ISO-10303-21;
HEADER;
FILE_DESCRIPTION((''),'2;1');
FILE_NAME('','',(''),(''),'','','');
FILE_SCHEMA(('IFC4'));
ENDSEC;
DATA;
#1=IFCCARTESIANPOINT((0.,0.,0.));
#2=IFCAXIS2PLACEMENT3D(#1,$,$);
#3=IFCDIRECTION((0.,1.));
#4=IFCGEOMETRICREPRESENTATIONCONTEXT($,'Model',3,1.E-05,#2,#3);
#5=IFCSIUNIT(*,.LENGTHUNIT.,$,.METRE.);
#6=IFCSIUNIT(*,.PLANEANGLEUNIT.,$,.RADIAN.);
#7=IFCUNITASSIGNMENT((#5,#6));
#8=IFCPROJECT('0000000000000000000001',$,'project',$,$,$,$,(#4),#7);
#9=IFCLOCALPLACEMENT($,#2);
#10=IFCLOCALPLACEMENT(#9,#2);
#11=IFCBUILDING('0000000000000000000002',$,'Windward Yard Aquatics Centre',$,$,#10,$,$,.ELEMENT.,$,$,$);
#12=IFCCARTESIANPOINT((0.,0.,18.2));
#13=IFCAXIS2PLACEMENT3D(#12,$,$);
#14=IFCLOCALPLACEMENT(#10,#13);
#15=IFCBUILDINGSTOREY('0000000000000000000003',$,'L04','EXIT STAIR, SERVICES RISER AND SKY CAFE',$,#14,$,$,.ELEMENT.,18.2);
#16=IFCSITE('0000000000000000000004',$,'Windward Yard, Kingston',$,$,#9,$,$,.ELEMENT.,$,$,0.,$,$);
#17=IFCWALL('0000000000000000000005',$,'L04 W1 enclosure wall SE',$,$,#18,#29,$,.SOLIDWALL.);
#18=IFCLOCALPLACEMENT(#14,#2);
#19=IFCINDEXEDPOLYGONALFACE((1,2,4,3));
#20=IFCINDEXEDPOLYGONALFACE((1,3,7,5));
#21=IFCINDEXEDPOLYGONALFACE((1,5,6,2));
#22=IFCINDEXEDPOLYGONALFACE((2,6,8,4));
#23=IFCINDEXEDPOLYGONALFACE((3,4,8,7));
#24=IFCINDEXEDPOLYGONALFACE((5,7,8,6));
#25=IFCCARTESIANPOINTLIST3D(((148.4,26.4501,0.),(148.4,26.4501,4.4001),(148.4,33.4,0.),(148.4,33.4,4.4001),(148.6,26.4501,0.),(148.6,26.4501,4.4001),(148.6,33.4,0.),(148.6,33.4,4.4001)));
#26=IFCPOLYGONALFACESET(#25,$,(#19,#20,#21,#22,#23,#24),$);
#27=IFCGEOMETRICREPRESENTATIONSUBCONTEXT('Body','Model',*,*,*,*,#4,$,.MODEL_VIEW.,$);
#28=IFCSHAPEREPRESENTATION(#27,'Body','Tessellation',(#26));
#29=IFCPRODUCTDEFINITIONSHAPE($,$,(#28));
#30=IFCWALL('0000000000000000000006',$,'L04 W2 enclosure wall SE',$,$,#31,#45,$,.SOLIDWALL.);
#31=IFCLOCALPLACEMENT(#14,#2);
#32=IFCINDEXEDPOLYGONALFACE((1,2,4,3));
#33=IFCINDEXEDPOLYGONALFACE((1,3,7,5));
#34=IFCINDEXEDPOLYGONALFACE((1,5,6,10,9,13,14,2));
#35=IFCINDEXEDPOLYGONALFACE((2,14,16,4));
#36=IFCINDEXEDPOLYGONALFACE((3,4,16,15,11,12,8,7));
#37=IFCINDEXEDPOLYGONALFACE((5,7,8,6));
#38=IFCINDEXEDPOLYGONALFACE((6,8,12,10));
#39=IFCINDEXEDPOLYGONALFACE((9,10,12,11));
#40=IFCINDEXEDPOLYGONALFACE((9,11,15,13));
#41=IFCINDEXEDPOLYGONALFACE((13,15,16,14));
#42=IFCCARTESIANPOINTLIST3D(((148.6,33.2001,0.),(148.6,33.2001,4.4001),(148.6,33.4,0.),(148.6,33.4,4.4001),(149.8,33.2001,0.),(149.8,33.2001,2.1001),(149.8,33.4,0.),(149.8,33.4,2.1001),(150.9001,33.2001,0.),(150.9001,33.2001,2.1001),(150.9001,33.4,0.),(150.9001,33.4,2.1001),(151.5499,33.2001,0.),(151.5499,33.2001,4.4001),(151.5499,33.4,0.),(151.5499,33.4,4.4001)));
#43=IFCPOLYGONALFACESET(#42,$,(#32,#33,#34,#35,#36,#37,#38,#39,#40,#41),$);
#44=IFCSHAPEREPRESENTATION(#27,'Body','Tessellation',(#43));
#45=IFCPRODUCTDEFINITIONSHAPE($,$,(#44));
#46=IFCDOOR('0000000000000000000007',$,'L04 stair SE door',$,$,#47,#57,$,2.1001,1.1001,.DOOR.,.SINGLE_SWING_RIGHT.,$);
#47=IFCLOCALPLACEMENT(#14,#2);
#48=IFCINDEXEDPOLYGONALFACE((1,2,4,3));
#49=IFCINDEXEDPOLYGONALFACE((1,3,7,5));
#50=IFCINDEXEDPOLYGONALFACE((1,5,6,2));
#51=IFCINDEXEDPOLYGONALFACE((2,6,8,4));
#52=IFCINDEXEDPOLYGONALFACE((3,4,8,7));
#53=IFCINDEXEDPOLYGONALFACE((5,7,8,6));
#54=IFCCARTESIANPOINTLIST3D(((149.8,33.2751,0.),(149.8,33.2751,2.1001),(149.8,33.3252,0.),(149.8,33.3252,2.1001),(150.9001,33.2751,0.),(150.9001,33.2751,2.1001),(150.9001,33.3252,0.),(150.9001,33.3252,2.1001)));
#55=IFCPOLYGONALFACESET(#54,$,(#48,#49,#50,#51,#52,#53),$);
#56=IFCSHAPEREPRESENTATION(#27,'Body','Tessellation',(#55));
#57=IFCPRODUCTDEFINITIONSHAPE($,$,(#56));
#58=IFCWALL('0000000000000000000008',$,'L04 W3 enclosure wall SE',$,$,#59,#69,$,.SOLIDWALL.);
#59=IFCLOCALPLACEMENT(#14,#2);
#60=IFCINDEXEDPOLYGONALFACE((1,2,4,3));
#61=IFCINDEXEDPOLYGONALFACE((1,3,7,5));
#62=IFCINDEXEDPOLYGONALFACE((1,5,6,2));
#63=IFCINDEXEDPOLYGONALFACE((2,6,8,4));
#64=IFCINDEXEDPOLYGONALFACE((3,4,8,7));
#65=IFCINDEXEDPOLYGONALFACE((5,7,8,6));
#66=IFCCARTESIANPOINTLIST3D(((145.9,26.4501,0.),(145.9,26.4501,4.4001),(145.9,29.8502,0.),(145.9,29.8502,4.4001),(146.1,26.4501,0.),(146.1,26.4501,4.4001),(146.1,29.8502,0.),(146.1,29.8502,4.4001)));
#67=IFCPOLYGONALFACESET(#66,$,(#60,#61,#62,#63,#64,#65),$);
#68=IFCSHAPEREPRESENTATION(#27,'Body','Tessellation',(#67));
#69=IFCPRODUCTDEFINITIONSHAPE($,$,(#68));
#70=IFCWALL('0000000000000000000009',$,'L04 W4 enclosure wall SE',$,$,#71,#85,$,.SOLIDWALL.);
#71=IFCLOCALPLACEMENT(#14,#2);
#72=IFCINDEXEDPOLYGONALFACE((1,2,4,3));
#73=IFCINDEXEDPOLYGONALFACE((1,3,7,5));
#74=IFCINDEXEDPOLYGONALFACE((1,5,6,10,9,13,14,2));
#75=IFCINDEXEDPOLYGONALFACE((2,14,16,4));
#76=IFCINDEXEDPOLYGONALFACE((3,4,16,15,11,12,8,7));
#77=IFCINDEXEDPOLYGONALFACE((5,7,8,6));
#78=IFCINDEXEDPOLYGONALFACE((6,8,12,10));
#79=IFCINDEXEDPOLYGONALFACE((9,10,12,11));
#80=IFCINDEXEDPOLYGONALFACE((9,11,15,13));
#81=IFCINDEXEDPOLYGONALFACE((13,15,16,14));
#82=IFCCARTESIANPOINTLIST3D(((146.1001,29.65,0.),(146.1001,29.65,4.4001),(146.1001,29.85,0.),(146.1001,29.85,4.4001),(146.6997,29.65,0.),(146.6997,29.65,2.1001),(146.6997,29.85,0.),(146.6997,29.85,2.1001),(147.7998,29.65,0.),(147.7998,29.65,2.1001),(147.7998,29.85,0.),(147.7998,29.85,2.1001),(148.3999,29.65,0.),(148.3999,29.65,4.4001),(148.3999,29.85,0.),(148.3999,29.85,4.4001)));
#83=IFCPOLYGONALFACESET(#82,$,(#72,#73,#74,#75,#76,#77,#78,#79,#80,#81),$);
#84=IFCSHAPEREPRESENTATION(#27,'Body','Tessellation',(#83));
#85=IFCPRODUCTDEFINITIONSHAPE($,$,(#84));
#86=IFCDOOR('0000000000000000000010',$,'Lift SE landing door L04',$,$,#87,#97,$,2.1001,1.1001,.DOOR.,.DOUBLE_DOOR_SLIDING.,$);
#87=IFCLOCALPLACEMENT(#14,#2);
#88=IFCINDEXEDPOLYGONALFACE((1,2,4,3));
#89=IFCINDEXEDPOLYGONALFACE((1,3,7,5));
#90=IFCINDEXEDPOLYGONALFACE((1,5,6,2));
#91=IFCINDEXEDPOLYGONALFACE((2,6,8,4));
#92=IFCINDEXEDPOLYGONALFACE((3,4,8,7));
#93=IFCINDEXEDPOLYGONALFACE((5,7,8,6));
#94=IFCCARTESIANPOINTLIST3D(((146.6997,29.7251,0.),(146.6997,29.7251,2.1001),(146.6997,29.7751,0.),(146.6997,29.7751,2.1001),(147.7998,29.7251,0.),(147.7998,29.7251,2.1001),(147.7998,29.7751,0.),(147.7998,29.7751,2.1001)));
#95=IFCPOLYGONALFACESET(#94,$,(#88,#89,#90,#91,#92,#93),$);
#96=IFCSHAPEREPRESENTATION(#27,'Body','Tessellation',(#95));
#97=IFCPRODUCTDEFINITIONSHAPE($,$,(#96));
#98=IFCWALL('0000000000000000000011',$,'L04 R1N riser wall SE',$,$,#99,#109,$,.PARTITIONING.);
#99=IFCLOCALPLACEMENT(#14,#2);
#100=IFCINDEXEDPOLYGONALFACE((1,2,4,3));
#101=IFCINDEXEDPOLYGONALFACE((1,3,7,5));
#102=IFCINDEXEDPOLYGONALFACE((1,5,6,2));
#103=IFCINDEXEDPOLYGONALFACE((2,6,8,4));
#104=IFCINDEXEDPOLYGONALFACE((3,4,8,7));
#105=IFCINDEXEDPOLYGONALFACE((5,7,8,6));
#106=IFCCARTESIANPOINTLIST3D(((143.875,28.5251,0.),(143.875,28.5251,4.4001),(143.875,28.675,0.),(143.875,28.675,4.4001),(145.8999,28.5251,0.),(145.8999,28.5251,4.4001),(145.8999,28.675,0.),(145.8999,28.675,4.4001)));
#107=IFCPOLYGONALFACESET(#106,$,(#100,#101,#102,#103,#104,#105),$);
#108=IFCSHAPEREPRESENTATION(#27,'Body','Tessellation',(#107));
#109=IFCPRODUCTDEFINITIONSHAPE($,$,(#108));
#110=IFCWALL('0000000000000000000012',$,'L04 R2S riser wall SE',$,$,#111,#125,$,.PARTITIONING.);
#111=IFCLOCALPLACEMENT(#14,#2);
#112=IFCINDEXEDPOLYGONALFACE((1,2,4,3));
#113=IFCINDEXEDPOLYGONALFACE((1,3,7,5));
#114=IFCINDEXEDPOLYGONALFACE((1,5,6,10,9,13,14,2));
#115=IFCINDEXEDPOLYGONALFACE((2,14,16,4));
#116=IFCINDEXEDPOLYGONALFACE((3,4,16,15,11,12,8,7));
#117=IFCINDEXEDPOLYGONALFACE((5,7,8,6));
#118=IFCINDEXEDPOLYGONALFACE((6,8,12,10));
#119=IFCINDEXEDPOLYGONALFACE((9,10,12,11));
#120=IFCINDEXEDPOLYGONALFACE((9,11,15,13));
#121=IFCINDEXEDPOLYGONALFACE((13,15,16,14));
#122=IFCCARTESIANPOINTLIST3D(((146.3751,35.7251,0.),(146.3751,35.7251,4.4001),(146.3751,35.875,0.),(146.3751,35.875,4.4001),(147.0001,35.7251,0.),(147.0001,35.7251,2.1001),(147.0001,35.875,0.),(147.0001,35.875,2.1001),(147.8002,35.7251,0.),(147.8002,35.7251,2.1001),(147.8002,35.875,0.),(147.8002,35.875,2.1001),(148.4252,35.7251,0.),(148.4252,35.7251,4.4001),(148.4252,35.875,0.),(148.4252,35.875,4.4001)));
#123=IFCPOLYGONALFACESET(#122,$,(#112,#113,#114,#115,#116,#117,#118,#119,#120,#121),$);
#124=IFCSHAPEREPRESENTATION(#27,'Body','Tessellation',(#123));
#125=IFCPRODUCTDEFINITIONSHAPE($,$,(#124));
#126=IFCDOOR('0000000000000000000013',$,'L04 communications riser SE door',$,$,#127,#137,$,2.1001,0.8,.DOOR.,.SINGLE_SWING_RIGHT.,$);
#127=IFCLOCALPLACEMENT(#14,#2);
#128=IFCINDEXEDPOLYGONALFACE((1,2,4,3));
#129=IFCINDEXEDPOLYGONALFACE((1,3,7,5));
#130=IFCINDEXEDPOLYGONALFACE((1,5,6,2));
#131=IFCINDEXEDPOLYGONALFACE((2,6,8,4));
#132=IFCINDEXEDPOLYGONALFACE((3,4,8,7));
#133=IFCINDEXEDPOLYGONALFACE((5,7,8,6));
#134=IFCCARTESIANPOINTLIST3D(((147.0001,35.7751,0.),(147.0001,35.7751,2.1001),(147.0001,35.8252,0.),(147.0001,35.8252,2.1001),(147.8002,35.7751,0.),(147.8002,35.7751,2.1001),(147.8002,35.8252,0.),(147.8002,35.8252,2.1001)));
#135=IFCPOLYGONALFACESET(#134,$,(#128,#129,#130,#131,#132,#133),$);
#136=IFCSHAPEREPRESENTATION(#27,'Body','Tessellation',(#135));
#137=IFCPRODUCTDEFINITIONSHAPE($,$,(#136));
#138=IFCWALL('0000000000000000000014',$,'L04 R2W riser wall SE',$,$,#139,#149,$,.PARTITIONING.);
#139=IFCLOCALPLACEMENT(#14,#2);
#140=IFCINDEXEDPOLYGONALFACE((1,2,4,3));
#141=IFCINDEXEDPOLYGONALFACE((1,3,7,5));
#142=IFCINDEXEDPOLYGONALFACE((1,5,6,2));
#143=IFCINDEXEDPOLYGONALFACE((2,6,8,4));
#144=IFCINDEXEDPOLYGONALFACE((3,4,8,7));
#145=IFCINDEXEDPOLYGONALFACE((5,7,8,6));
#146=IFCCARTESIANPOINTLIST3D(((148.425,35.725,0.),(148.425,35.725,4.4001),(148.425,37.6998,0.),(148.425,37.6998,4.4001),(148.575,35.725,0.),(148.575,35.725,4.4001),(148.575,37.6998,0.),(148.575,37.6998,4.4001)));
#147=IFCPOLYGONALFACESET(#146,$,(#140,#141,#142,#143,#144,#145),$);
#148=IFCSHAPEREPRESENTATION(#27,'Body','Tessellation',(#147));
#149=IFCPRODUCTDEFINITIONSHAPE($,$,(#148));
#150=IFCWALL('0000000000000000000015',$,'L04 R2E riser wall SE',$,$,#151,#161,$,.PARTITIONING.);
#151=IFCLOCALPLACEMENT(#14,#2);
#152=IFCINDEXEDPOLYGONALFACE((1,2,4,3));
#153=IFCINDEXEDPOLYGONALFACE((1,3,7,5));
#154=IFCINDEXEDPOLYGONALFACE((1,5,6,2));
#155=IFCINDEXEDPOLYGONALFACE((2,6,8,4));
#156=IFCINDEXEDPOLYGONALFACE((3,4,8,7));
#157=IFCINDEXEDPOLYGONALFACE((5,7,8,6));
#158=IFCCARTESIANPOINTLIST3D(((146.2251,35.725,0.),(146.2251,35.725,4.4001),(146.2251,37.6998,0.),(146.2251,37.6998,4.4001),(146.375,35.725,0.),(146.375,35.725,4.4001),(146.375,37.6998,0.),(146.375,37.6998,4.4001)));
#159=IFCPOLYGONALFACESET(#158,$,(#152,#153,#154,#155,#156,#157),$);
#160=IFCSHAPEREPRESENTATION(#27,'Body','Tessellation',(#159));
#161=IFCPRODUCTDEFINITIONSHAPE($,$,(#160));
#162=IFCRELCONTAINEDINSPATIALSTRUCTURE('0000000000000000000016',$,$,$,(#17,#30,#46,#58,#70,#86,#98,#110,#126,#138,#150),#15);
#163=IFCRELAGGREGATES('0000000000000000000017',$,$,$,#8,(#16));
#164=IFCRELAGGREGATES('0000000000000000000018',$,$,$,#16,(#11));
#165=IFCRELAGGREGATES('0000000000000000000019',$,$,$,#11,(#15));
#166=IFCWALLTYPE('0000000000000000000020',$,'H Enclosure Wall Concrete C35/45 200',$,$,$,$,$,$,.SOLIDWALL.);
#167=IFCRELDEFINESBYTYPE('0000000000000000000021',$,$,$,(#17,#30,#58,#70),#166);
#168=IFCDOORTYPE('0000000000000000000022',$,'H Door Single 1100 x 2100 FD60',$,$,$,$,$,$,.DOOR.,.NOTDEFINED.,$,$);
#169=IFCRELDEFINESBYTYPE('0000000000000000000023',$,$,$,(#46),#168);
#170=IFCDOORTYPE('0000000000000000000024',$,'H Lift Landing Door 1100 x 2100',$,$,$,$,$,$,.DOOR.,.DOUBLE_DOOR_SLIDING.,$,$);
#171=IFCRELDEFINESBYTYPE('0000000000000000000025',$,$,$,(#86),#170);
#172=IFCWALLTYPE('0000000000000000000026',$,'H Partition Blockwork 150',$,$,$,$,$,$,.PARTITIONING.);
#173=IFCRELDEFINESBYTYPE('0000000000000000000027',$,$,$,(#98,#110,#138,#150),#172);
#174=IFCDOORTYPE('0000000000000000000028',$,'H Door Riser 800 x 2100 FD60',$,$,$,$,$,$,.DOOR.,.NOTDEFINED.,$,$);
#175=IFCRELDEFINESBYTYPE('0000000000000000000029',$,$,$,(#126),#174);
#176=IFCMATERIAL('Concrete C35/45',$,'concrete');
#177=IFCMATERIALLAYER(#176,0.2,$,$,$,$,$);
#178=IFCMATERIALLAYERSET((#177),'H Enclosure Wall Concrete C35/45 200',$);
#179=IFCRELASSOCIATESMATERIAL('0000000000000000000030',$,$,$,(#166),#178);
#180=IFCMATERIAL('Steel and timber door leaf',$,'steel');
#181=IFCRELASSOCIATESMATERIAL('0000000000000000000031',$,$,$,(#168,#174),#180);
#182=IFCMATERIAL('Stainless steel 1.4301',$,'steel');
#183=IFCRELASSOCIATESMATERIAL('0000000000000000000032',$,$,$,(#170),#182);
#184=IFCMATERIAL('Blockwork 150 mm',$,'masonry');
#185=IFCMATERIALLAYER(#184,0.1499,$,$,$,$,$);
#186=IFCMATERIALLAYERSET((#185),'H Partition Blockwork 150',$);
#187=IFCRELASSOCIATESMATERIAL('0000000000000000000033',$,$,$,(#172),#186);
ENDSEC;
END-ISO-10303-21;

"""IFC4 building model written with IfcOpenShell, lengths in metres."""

from ifc_helpers import new_model, si_unit, direction, frame, frame_2d, origin, place, context, subcontext, project, spatial, rectangle, extrude, material, layer, layer_set, type_object, element, fill, save


model = new_model("IFC4")

# Units and contexts
model_context = context("Model", 3, precision=1e-05, world=origin(), true_north=direction((0.0, 1.0)))
body_context = subcontext(model_context, "Body", "Model", "MODEL_VIEW")
ifc_project = project(units=[si_unit("LENGTHUNIT", "METRE"), si_unit("PLANEANGLEUNIT", "RADIAN")], contexts=[model_context])

# Site, building, storey
site_placement = place(None, origin())
site = spatial("IfcSite", under=ifc_project, at=site_placement, Name="Windward Yard, Kingston", CompositionType="ELEMENT", RefElevation=0.0)
building_placement = place(site_placement, origin())
building = spatial("IfcBuilding", under=site, at=building_placement, Name="Windward Yard Aquatics Centre", CompositionType="ELEMENT")
storey_placement = place(building_placement, frame((0.0, 0.0, 18.2)))
storey = spatial("IfcBuildingStorey", under=building, at=storey_placement, Name="L04", Description="EXIT STAIR, SERVICES RISER AND SKY CAFE", CompositionType="ELEMENT", Elevation=18.2)

# Wall
ifc_material_1 = material(Name="Concrete C35/45", Category="concrete")
ifc_layer_1 = layer(ifc_material_1, 0.2)
ifc_layer_set_1 = layer_set([ifc_layer_1], Name="H Enclosure Wall Concrete C35/45 200")
wall_type_1 = type_object("IfcWallType", Name="H Enclosure Wall Concrete C35/45 200", PredefinedType="SOLIDWALL", material=ifc_layer_set_1)
wall_1_placement = place(storey_placement, frame((148.5, 26.45, 0.0), z_axis=(0.0, 0.0, 1.0), x_axis=(0.0, 1.0, 0.0)))
element("IfcWall", 1, at=wall_1_placement, inside=storey, type_object=wall_type_1, Name="L04 W1 enclosure wall SE", PredefinedType="SOLIDWALL", context=body_context, shape_type="SweptSolid", body=[
    extrude(rectangle(XDim=6.95, YDim=0.2, at=frame_2d((3.4751, 0.0))), origin(), (0.0, 0.0, 1.0), 4.4001),
])

# Wall, opening, door
wall_2_placement = place(storey_placement, frame((151.55, 33.3, 0.0), z_axis=(0.0, 0.0, 1.0), x_axis=(-1.0, 0.0, 0.0)))
wall_2 = element("IfcWall", 2, at=wall_2_placement, inside=storey, type_object=wall_type_1, Name="L04 W2 enclosure wall SE", PredefinedType="SOLIDWALL", context=body_context, shape_type="SweptSolid", body=[
    extrude(rectangle(XDim=2.95, YDim=0.2, at=frame_2d((1.4751, 0.0))), origin(), (0.0, 0.0, 1.0), 4.4001),
])
opening_1_placement = place(wall_2_placement, frame((0.6499, 0.0, 0.0)))
opening_1 = element("IfcOpeningElement", 3, at=opening_1_placement, cuts=wall_2, PredefinedType="OPENING", context=body_context, shape_type="SweptSolid", body=[
    extrude(rectangle(XDim=1.1001, YDim=2.1001, at=frame_2d((0.55, 1.05))), frame((0.0, 0.1099, 0.0), z_axis=(0.0, -1.0, 0.0), x_axis=(1.0, 0.0, 0.0)), (0.0, 0.0, 1.0), 0.22),
])
ifc_material_2 = material(Name="Steel and timber door leaf", Category="steel")
door_type_1 = type_object("IfcDoorType", Name="H Door Single 1100 x 2100 FD60", OperationType="NOTDEFINED", PredefinedType="DOOR", material=ifc_material_2)
door_1_placement = place(opening_1_placement, origin())
door_1 = element("IfcDoor", 4, at=door_1_placement, inside=storey, type_object=door_type_1, Name="L04 stair SE door", OperationType="SINGLE_SWING_RIGHT", OverallHeight=2.1001, OverallWidth=1.1001, PredefinedType="DOOR", context=body_context, shape_type="SweptSolid", body=[
    extrude(rectangle(XDim=1.1001, YDim=2.1001, at=frame_2d((0.55, 1.05))), frame((0.0, 0.0249, 0.0), z_axis=(0.0, -1.0, 0.0), x_axis=(1.0, 0.0, 0.0)), (0.0, 0.0, 1.0), 0.05),
])
fill(opening_1, door_1)

# Wall
wall_3_placement = place(storey_placement, frame((146.0, 26.45, 0.0), z_axis=(0.0, 0.0, 1.0), x_axis=(0.0, 1.0, 0.0)))
element("IfcWall", 5, at=wall_3_placement, inside=storey, type_object=wall_type_1, Name="L04 W3 enclosure wall SE", PredefinedType="SOLIDWALL", context=body_context, shape_type="SweptSolid", body=[
    extrude(rectangle(XDim=3.4001, YDim=0.2, at=frame_2d((1.7002, 0.0))), origin(), (0.0, 0.0, 1.0), 4.4001),
])

# Wall, opening, door
wall_4_placement = place(storey_placement, frame((148.3999, 29.75, 0.0), z_axis=(0.0, 0.0, 1.0), x_axis=(-1.0, 0.0, 0.0)))
wall_4 = element("IfcWall", 6, at=wall_4_placement, inside=storey, type_object=wall_type_1, Name="L04 W4 enclosure wall SE", PredefinedType="SOLIDWALL", context=body_context, shape_type="SweptSolid", body=[
    extrude(rectangle(XDim=2.2998, YDim=0.2, at=frame_2d((1.1499, 0.0))), origin(), (0.0, 0.0, 1.0), 4.4001),
])
opening_2_placement = place(wall_4_placement, frame((0.6001, 0.0, 0.0)))
opening_2 = element("IfcOpeningElement", 7, at=opening_2_placement, cuts=wall_4, PredefinedType="OPENING", context=body_context, shape_type="SweptSolid", body=[
    extrude(rectangle(XDim=1.1001, YDim=2.1001, at=frame_2d((0.55, 1.05))), frame((0.0, 0.1099, 0.0), z_axis=(0.0, -1.0, 0.0), x_axis=(1.0, 0.0, 0.0)), (0.0, 0.0, 1.0), 0.22),
])
ifc_material_3 = material(Name="Stainless steel 1.4301", Category="steel")
door_type_2 = type_object("IfcDoorType", Name="H Lift Landing Door 1100 x 2100", OperationType="DOUBLE_DOOR_SLIDING", PredefinedType="DOOR", material=ifc_material_3)
door_2_placement = place(opening_2_placement, origin())
door_2 = element("IfcDoor", 8, at=door_2_placement, inside=storey, type_object=door_type_2, Name="Lift SE landing door L04", OperationType="DOUBLE_DOOR_SLIDING", OverallHeight=2.1001, OverallWidth=1.1001, PredefinedType="DOOR", context=body_context, shape_type="SweptSolid", body=[
    extrude(rectangle(XDim=1.1001, YDim=2.1001, at=frame_2d((0.55, 1.05))), frame((0.0, 0.0249, 0.0), z_axis=(0.0, -1.0, 0.0), x_axis=(1.0, 0.0, 0.0)), (0.0, 0.0, 1.0), 0.05),
])
fill(opening_2, door_2)

# Wall
ifc_material_4 = material(Name="Blockwork 150 mm", Category="masonry")
ifc_layer_2 = layer(ifc_material_4, 0.1499)
ifc_layer_set_2 = layer_set([ifc_layer_2], Name="H Partition Blockwork 150")
wall_type_2 = type_object("IfcWallType", Name="H Partition Blockwork 150", PredefinedType="PARTITIONING", material=ifc_layer_set_2)
wall_5_placement = place(storey_placement, frame((145.8999, 28.6001, 0.0), z_axis=(0.0, 0.0, 1.0), x_axis=(-1.0, 0.0, 0.0)))
element("IfcWall", 9, at=wall_5_placement, inside=storey, type_object=wall_type_2, Name="L04 R1N riser wall SE", PredefinedType="PARTITIONING", context=body_context, shape_type="SweptSolid", body=[
    extrude(rectangle(XDim=2.0249, YDim=0.1499, at=frame_2d((1.0125, 0.0))), origin(), (0.0, 0.0, 1.0), 4.4001),
])

# Wall, opening, door
wall_6_placement = place(storey_placement, frame((148.425, 35.8, 0.0), z_axis=(0.0, 0.0, 1.0), x_axis=(-1.0, 0.0, 0.0)))
wall_6 = element("IfcWall", 10, at=wall_6_placement, inside=storey, type_object=wall_type_2, Name="L04 R2S riser wall SE", PredefinedType="PARTITIONING", context=body_context, shape_type="SweptSolid", body=[
    extrude(rectangle(XDim=2.05, YDim=0.1499, at=frame_2d((1.0249, 0.0))), origin(), (0.0, 0.0, 1.0), 4.4001),
])
opening_3_placement = place(wall_6_placement, frame((0.625, 0.0, 0.0)))
opening_3 = element("IfcOpeningElement", 11, at=opening_3_placement, cuts=wall_6, PredefinedType="OPENING", context=body_context, shape_type="SweptSolid", body=[
    extrude(rectangle(XDim=0.8, YDim=2.1001, at=frame_2d((0.3999, 1.05))), frame((0.0, 0.085, 0.0), z_axis=(0.0, -1.0, 0.0), x_axis=(1.0, 0.0, 0.0)), (0.0, 0.0, 1.0), 0.1699),
])
door_type_3 = type_object("IfcDoorType", Name="H Door Riser 800 x 2100 FD60", OperationType="NOTDEFINED", PredefinedType="DOOR", material=ifc_material_2)
door_3_placement = place(opening_3_placement, origin())
door_3 = element("IfcDoor", 12, at=door_3_placement, inside=storey, type_object=door_type_3, Name="L04 communications riser SE door", OperationType="SINGLE_SWING_RIGHT", OverallHeight=2.1001, OverallWidth=0.8, PredefinedType="DOOR", context=body_context, shape_type="SweptSolid", body=[
    extrude(rectangle(XDim=0.8, YDim=2.1001, at=frame_2d((0.3999, 1.05))), frame((0.0, 0.0249, 0.0), z_axis=(0.0, -1.0, 0.0), x_axis=(1.0, 0.0, 0.0)), (0.0, 0.0, 1.0), 0.05),
])
fill(opening_3, door_3)

# Walls
for number, where, z_axis, x_axis, name in (
    (13, (148.5, 35.7251, 0.0), (0.0, 0.0, 1.0), (0.0, 1.0, 0.0), "L04 R2W riser wall SE"),
    (14, (146.3, 35.7251, 0.0), (0.0, 0.0, 1.0), (0.0, 1.0, 0.0), "L04 R2E riser wall SE"),
):
    element("IfcWall", number, at=place(storey_placement, frame(where, z_axis=z_axis, x_axis=x_axis)), inside=storey, type_object=wall_type_2, Name=name, PredefinedType="PARTITIONING", context=body_context, shape_type="SweptSolid", body=[
        extrude(rectangle(XDim=1.9749, YDim=0.1499, at=frame_2d((0.9873, 0.0))), origin(), (0.0, 0.0, 1.0), 4.4001),
    ])

save(model, "model.ifc")
